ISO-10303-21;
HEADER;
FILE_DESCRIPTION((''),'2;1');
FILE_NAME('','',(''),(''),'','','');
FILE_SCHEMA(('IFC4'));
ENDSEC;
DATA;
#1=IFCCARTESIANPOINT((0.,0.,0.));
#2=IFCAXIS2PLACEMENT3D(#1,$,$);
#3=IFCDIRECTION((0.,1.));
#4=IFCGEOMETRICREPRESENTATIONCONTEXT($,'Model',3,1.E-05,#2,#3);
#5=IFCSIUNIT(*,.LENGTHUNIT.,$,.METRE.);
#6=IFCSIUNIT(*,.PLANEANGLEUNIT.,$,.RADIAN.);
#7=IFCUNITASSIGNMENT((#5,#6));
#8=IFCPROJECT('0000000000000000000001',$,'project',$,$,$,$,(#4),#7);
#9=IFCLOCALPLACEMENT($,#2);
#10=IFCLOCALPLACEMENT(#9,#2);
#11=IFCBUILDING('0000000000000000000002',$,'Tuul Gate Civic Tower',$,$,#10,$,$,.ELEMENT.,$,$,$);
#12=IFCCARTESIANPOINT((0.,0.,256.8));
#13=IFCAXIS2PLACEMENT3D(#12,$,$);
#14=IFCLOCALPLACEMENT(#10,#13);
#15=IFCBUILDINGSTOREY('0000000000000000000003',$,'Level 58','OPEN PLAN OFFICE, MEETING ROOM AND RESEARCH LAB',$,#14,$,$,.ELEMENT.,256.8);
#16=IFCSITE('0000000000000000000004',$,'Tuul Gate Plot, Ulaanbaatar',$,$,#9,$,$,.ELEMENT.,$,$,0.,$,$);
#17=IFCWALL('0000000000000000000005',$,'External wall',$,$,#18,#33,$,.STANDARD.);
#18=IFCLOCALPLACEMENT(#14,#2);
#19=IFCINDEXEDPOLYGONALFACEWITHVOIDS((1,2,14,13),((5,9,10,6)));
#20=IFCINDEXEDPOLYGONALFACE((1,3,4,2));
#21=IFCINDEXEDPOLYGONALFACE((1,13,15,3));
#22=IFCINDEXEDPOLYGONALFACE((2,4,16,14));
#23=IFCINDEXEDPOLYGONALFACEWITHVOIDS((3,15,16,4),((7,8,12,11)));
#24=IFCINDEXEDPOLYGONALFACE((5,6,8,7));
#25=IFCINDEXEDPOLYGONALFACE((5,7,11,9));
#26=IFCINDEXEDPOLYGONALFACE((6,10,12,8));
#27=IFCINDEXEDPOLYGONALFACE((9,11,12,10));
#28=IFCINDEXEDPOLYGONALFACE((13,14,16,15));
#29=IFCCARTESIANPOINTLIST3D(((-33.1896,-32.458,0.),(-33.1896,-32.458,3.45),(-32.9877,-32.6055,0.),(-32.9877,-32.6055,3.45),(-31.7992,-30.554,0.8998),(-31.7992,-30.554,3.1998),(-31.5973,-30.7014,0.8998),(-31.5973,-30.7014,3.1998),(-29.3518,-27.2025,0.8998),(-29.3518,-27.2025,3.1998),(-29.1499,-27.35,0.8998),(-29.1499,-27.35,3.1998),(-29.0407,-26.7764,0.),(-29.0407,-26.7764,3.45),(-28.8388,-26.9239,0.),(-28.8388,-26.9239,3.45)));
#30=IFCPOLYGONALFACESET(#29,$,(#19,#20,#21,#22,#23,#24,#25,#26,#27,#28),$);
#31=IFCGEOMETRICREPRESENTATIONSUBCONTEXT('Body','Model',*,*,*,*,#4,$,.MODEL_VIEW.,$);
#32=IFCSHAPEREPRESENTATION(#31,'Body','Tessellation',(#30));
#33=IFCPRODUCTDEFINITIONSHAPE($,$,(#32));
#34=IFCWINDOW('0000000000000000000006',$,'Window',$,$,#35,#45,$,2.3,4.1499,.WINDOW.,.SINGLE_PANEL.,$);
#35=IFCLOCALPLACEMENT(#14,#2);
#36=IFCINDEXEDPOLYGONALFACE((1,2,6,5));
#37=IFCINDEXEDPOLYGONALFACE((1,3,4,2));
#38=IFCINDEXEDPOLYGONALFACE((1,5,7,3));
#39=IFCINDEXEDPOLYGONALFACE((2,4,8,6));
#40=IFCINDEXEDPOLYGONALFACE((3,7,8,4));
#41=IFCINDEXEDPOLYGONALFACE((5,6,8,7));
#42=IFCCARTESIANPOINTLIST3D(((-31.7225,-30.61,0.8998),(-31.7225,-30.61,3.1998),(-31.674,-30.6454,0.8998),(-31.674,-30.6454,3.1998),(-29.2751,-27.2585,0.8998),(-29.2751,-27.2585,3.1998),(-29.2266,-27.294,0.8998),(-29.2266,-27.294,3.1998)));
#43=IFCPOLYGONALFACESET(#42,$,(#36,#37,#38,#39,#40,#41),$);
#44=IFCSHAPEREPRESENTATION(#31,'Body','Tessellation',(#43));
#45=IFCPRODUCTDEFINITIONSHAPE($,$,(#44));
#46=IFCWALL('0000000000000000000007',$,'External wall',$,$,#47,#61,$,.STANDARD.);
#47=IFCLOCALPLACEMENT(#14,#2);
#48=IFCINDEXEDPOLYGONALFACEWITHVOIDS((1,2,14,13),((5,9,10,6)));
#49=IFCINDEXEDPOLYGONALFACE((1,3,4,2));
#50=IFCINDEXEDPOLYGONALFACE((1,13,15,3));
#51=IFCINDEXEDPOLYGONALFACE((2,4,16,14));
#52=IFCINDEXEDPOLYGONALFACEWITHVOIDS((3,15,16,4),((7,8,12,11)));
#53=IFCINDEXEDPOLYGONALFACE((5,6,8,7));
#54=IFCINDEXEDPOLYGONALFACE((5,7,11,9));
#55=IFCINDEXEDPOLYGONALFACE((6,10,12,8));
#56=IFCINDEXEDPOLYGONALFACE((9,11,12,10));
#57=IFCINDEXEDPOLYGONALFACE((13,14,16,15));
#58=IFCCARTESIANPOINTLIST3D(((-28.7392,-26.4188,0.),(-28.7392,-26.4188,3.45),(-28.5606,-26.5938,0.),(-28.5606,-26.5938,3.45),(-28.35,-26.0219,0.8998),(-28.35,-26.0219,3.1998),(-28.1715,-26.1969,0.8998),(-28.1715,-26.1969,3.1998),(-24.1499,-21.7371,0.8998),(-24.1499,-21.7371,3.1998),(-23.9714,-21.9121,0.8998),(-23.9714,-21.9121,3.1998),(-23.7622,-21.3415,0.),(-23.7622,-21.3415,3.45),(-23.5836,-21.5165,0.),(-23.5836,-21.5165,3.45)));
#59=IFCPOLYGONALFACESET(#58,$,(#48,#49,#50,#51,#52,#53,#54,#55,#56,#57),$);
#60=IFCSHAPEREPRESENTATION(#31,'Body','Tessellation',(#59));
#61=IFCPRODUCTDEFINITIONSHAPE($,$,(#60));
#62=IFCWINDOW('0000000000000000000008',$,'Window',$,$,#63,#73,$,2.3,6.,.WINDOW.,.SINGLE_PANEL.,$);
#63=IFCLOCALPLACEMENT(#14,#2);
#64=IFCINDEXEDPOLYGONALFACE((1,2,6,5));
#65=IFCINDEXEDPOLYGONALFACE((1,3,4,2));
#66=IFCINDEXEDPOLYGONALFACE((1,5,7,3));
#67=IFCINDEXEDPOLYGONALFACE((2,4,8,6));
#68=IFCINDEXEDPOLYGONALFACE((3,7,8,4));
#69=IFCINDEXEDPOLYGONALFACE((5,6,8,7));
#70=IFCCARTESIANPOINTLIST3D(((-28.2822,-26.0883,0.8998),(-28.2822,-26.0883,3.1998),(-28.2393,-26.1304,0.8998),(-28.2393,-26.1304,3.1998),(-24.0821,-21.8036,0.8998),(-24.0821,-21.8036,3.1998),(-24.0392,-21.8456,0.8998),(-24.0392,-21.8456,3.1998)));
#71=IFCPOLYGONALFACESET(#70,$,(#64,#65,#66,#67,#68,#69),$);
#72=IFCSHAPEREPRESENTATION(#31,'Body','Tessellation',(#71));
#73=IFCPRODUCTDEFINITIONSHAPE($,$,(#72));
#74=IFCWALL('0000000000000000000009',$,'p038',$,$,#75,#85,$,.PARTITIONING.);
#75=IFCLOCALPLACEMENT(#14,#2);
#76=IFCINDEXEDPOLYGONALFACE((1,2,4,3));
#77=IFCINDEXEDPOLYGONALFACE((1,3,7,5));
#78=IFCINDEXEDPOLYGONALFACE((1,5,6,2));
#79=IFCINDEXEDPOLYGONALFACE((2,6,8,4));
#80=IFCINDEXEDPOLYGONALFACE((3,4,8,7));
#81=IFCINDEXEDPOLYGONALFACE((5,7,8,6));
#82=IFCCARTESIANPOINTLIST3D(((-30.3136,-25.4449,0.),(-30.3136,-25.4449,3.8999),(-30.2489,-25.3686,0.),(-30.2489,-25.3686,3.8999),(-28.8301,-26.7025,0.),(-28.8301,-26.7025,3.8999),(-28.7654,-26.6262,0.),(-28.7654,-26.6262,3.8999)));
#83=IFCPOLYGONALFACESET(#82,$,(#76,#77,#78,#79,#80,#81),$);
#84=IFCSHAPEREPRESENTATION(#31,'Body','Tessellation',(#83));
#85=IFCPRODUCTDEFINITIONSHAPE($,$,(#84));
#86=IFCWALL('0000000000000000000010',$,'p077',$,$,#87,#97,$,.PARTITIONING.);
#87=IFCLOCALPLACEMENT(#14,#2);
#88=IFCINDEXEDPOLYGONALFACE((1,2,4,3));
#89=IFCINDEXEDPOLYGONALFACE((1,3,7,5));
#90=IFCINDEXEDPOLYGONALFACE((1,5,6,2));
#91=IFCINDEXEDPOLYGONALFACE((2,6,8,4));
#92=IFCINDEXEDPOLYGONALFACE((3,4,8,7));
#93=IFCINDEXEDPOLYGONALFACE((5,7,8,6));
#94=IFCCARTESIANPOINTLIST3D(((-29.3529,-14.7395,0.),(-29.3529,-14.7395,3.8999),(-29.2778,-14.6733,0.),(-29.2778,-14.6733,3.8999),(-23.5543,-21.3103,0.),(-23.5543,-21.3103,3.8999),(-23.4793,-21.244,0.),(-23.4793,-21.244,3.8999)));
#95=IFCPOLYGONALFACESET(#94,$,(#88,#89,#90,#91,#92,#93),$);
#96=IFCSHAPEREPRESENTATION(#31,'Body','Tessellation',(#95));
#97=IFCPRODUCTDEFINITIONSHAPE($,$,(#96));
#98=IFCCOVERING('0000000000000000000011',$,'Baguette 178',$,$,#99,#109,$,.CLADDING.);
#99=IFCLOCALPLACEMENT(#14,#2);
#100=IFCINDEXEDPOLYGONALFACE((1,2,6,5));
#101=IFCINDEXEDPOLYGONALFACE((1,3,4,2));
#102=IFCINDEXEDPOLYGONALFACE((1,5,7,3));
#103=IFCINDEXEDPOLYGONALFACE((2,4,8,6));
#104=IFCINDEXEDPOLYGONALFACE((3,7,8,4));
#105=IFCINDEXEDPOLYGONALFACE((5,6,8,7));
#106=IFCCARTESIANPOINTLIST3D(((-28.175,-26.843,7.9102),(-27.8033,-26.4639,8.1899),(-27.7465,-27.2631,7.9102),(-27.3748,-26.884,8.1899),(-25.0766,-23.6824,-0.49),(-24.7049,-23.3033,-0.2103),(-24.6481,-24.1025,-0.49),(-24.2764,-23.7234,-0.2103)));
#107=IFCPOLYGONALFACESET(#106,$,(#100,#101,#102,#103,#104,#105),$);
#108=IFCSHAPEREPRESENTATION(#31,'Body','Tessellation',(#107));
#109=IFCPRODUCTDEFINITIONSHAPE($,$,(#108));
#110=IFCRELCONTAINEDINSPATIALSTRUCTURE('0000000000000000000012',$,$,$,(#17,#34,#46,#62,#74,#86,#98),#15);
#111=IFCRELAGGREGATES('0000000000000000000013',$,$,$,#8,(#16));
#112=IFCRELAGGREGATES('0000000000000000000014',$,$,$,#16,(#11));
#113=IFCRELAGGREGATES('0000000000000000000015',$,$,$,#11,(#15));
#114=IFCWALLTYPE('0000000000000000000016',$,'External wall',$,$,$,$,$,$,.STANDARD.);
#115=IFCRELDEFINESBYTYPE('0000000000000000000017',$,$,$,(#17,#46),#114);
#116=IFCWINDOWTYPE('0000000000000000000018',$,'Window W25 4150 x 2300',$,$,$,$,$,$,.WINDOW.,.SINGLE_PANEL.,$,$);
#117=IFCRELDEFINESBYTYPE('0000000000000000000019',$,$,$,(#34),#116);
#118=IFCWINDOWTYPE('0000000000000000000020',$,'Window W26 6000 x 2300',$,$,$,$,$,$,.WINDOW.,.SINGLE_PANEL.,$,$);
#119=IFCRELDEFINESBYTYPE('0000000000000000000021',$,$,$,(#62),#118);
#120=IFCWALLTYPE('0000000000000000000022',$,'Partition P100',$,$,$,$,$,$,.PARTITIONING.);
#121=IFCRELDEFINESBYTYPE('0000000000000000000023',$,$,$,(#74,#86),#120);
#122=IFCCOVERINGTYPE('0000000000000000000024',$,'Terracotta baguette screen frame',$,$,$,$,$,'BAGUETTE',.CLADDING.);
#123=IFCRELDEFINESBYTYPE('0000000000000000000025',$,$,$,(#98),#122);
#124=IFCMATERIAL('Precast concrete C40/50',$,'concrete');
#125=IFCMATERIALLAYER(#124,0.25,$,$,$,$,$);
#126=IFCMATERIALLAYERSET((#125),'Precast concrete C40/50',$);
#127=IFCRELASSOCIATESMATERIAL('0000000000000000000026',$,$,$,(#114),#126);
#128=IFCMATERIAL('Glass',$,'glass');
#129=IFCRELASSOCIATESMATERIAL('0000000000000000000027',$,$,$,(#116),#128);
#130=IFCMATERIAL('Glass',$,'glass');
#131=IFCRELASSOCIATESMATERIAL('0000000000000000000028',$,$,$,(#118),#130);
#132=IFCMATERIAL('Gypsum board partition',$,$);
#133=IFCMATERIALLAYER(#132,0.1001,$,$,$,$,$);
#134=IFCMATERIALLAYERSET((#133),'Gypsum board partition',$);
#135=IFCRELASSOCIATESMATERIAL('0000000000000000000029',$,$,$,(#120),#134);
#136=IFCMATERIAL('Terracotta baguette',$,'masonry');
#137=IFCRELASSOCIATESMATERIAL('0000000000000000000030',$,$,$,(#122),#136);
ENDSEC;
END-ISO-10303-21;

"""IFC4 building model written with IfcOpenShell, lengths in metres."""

from ifc_helpers import new_model, si_unit, direction, frame, frame_2d, origin, origin_2d, place, context, subcontext, project, spatial, rectangle, extrude, material, layer, layer_set, material_profile, profile_set, type_object, element, fill, save


model = new_model("IFC4")

# Units and contexts
model_context = context("Model", 3, precision=1e-05, world=origin(), true_north=direction((0.0, 1.0)))
body_context = subcontext(model_context, "Body", "Model", "MODEL_VIEW")
ifc_project = project(units=[si_unit("LENGTHUNIT", "METRE"), si_unit("PLANEANGLEUNIT", "RADIAN")], contexts=[model_context])

# Site, building, storey
site_placement = place(None, origin())
site = spatial("IfcSite", under=ifc_project, at=site_placement, Name="Tuul Gate Plot, Ulaanbaatar", CompositionType="ELEMENT", RefElevation=0.0)
building_placement = place(site_placement, origin())
building = spatial("IfcBuilding", under=site, at=building_placement, Name="Tuul Gate Civic Tower", CompositionType="ELEMENT")
storey_placement = place(building_placement, frame((0.0, 0.0, 256.8)))
storey = spatial("IfcBuildingStorey", under=building, at=storey_placement, Name="Level 58", Description="OPEN PLAN OFFICE, MEETING ROOM AND RESEARCH LAB", CompositionType="ELEMENT", Elevation=256.8)

# Walls, openings, windows
ifc_material_1 = material(Name="Precast concrete C40/50", Category="concrete")
ifc_layer_1 = layer(ifc_material_1, 0.25)
ifc_layer_set_1 = layer_set([ifc_layer_1], Name="Precast concrete C40/50")
wall_type_1 = type_object("IfcWallType", Name="External wall", PredefinedType="STANDARD", material=ifc_layer_set_1)
wall_1_placement = place(storey_placement, frame((-33.0886, -32.5317, 0.0), z_axis=(0.0, 0.0, 1.0), x_axis=(0.589735, 0.807597, 0.0)))
wall_1 = element("IfcWall", 1, at=wall_1_placement, inside=storey, type_object=wall_type_1, Name="External wall", PredefinedType="STANDARD", context=body_context, shape_type="SweptSolid", body=[
    extrude(rectangle(XDim=7.0352, YDim=0.25, at=frame_2d((3.5176, 0.0))), origin(), (0.0, 0.0, 1.0), 3.45),
])
opening_1_placement = place(wall_1_placement, frame((2.3577, 0.0, 0.8999)))
opening_1 = element("IfcOpeningElement", 2, at=opening_1_placement, cuts=wall_1, PredefinedType="OPENING", context=body_context, shape_type="SweptSolid", body=[
    extrude(rectangle(XDim=4.1499, YDim=2.3, at=frame_2d((2.075, 1.1499))), frame((0.0, 0.135, 0.0), z_axis=(0.0, -1.0, 0.0), x_axis=(1.0, 0.0, 0.0)), (0.0, 0.0, 1.0), 0.27),
])
ifc_material_2 = material(Name="Glass", Category="glass")
window_type_1 = type_object("IfcWindowType", Name="Window W25 4150 x 2300", PartitioningType="SINGLE_PANEL", PredefinedType="WINDOW", material=ifc_material_2)
window_1_placement = place(opening_1_placement, origin())
window_1 = element("IfcWindow", 3, at=window_1_placement, inside=storey, type_object=window_type_1, Name="Window", OverallHeight=2.3, OverallWidth=4.1499, PartitioningType="SINGLE_PANEL", PredefinedType="WINDOW", context=body_context, shape_type="SweptSolid", body=[
    extrude(rectangle(XDim=4.1499, YDim=2.3, at=frame_2d((2.075, 1.1499))), frame((0.0, 0.03, 0.0), z_axis=(0.0, -1.0, 0.0), x_axis=(1.0, 0.0, 0.0)), (0.0, 0.0, 1.0), 0.0601),
])
fill(opening_1, window_1)
wall_2_placement = place(storey_placement, frame((-28.6499, -26.5063, 0.0), z_axis=(0.0, 0.0, 1.0), x_axis=(0.700015, 0.714128, 0.0)))
wall_2 = element("IfcWall", 4, at=wall_2_placement, inside=storey, type_object=wall_type_1, Name="External wall", PredefinedType="STANDARD", context=body_context, shape_type="SweptSolid", body=[
    extrude(rectangle(XDim=7.1099, YDim=0.25, at=frame_2d((3.5549, 0.0))), origin(), (0.0, 0.0, 1.0), 3.45),
])
opening_2_placement = place(wall_2_placement, frame((0.5559, 0.0, 0.8999)))
opening_2 = element("IfcOpeningElement", 5, at=opening_2_placement, cuts=wall_2, PredefinedType="OPENING", context=body_context, shape_type="SweptSolid", body=[
    extrude(rectangle(XDim=6.0, YDim=2.3, at=frame_2d((3.0, 1.1499))), frame((0.0, 0.135, 0.0), z_axis=(0.0, -1.0, 0.0), x_axis=(1.0, 0.0, 0.0)), (0.0, 0.0, 1.0), 0.27),
])
ifc_material_3 = material(Name="Glass", Category="glass")
window_type_2 = type_object("IfcWindowType", Name="Window W26 6000 x 2300", PartitioningType="SINGLE_PANEL", PredefinedType="WINDOW", material=ifc_material_3)
window_2_placement = place(opening_2_placement, origin())
window_2 = element("IfcWindow", 6, at=window_2_placement, inside=storey, type_object=window_type_2, Name="Window", OverallHeight=2.3, OverallWidth=6.0, PartitioningType="SINGLE_PANEL", PredefinedType="WINDOW", context=body_context, shape_type="SweptSolid", body=[
    extrude(rectangle(XDim=6.0, YDim=2.3, at=frame_2d((3.0, 1.1499))), frame((0.0, 0.03, 0.0), z_axis=(0.0, -1.0, 0.0), x_axis=(1.0, 0.0, 0.0)), (0.0, 0.0, 1.0), 0.0601),
])
fill(opening_2, window_2)

# Walls
ifc_material_4 = material(Name="Gypsum board partition")
ifc_layer_2 = layer(ifc_material_4, 0.1001)
ifc_layer_set_2 = layer_set([ifc_layer_2], Name="Gypsum board partition")
wall_type_2 = type_object("IfcWallType", Name="Partition P100", PredefinedType="PARTITIONING", material=ifc_layer_set_2)
wall_3_placement = place(storey_placement, frame((-30.2812, -25.4067, 0.0), z_axis=(0.0, 0.0, 1.0), x_axis=(0.762781, -0.646657, 0.0)))
element("IfcWall", 7, at=wall_3_placement, inside=storey, type_object=wall_type_2, Name="p038", PredefinedType="PARTITIONING", context=body_context, shape_type="SweptSolid", body=[
    extrude(rectangle(XDim=1.9448, YDim=0.1001, at=frame_2d((0.9724, 0.0))), origin(), (0.0, 0.0, 1.0), 3.8999),
])
wall_4_placement = place(storey_placement, frame((-29.3154, -14.7063, 0.0), z_axis=(0.0, 0.0, 1.0), x_axis=(0.661674, -0.749792, 0.0)))
element("IfcWall", 8, at=wall_4_placement, inside=storey, type_object=wall_type_2, Name="p077", PredefinedType="PARTITIONING", context=body_context, shape_type="SweptSolid", body=[
    extrude(rectangle(XDim=8.7634, YDim=0.1001, at=frame_2d((4.3818, 0.0))), origin(), (0.0, 0.0, 1.0), 3.8999),
])

# Covering
ifc_material_5 = material(Name="Terracotta baguette", Category="masonry")
ifc_material_profile_1 = material_profile(ifc_material_5, rectangle(XDim=0.6001, YDim=0.6001, at=origin_2d()), Name="Terracotta baguette screen frame")
ifc_profile_set_1 = profile_set([ifc_material_profile_1], Name="Terracotta baguette")
covering_type = type_object("IfcCoveringType", Name="Terracotta baguette screen frame", ElementType="BAGUETTE", PredefinedType="CLADDING", material=ifc_profile_set_1)
covering_placement = place(storey_placement, frame((-27.7749, -26.8635, 8.05), z_axis=(0.326323, 0.33288, -0.884706), x_axis=(-0.714105, 0.700039, 0.0)))
element("IfcCovering", 9, at=covering_placement, inside=storey, type_object=covering_type, Name="Baguette 178", PredefinedType="CLADDING", context=body_context, shape_type="SweptSolid", body=[
    extrude(rectangle(XDim=0.6001, YDim=0.6001, at=origin_2d()), origin(), (0.0, 0.0, 1.0), 9.4949),
])

save(model, "model.ifc")
